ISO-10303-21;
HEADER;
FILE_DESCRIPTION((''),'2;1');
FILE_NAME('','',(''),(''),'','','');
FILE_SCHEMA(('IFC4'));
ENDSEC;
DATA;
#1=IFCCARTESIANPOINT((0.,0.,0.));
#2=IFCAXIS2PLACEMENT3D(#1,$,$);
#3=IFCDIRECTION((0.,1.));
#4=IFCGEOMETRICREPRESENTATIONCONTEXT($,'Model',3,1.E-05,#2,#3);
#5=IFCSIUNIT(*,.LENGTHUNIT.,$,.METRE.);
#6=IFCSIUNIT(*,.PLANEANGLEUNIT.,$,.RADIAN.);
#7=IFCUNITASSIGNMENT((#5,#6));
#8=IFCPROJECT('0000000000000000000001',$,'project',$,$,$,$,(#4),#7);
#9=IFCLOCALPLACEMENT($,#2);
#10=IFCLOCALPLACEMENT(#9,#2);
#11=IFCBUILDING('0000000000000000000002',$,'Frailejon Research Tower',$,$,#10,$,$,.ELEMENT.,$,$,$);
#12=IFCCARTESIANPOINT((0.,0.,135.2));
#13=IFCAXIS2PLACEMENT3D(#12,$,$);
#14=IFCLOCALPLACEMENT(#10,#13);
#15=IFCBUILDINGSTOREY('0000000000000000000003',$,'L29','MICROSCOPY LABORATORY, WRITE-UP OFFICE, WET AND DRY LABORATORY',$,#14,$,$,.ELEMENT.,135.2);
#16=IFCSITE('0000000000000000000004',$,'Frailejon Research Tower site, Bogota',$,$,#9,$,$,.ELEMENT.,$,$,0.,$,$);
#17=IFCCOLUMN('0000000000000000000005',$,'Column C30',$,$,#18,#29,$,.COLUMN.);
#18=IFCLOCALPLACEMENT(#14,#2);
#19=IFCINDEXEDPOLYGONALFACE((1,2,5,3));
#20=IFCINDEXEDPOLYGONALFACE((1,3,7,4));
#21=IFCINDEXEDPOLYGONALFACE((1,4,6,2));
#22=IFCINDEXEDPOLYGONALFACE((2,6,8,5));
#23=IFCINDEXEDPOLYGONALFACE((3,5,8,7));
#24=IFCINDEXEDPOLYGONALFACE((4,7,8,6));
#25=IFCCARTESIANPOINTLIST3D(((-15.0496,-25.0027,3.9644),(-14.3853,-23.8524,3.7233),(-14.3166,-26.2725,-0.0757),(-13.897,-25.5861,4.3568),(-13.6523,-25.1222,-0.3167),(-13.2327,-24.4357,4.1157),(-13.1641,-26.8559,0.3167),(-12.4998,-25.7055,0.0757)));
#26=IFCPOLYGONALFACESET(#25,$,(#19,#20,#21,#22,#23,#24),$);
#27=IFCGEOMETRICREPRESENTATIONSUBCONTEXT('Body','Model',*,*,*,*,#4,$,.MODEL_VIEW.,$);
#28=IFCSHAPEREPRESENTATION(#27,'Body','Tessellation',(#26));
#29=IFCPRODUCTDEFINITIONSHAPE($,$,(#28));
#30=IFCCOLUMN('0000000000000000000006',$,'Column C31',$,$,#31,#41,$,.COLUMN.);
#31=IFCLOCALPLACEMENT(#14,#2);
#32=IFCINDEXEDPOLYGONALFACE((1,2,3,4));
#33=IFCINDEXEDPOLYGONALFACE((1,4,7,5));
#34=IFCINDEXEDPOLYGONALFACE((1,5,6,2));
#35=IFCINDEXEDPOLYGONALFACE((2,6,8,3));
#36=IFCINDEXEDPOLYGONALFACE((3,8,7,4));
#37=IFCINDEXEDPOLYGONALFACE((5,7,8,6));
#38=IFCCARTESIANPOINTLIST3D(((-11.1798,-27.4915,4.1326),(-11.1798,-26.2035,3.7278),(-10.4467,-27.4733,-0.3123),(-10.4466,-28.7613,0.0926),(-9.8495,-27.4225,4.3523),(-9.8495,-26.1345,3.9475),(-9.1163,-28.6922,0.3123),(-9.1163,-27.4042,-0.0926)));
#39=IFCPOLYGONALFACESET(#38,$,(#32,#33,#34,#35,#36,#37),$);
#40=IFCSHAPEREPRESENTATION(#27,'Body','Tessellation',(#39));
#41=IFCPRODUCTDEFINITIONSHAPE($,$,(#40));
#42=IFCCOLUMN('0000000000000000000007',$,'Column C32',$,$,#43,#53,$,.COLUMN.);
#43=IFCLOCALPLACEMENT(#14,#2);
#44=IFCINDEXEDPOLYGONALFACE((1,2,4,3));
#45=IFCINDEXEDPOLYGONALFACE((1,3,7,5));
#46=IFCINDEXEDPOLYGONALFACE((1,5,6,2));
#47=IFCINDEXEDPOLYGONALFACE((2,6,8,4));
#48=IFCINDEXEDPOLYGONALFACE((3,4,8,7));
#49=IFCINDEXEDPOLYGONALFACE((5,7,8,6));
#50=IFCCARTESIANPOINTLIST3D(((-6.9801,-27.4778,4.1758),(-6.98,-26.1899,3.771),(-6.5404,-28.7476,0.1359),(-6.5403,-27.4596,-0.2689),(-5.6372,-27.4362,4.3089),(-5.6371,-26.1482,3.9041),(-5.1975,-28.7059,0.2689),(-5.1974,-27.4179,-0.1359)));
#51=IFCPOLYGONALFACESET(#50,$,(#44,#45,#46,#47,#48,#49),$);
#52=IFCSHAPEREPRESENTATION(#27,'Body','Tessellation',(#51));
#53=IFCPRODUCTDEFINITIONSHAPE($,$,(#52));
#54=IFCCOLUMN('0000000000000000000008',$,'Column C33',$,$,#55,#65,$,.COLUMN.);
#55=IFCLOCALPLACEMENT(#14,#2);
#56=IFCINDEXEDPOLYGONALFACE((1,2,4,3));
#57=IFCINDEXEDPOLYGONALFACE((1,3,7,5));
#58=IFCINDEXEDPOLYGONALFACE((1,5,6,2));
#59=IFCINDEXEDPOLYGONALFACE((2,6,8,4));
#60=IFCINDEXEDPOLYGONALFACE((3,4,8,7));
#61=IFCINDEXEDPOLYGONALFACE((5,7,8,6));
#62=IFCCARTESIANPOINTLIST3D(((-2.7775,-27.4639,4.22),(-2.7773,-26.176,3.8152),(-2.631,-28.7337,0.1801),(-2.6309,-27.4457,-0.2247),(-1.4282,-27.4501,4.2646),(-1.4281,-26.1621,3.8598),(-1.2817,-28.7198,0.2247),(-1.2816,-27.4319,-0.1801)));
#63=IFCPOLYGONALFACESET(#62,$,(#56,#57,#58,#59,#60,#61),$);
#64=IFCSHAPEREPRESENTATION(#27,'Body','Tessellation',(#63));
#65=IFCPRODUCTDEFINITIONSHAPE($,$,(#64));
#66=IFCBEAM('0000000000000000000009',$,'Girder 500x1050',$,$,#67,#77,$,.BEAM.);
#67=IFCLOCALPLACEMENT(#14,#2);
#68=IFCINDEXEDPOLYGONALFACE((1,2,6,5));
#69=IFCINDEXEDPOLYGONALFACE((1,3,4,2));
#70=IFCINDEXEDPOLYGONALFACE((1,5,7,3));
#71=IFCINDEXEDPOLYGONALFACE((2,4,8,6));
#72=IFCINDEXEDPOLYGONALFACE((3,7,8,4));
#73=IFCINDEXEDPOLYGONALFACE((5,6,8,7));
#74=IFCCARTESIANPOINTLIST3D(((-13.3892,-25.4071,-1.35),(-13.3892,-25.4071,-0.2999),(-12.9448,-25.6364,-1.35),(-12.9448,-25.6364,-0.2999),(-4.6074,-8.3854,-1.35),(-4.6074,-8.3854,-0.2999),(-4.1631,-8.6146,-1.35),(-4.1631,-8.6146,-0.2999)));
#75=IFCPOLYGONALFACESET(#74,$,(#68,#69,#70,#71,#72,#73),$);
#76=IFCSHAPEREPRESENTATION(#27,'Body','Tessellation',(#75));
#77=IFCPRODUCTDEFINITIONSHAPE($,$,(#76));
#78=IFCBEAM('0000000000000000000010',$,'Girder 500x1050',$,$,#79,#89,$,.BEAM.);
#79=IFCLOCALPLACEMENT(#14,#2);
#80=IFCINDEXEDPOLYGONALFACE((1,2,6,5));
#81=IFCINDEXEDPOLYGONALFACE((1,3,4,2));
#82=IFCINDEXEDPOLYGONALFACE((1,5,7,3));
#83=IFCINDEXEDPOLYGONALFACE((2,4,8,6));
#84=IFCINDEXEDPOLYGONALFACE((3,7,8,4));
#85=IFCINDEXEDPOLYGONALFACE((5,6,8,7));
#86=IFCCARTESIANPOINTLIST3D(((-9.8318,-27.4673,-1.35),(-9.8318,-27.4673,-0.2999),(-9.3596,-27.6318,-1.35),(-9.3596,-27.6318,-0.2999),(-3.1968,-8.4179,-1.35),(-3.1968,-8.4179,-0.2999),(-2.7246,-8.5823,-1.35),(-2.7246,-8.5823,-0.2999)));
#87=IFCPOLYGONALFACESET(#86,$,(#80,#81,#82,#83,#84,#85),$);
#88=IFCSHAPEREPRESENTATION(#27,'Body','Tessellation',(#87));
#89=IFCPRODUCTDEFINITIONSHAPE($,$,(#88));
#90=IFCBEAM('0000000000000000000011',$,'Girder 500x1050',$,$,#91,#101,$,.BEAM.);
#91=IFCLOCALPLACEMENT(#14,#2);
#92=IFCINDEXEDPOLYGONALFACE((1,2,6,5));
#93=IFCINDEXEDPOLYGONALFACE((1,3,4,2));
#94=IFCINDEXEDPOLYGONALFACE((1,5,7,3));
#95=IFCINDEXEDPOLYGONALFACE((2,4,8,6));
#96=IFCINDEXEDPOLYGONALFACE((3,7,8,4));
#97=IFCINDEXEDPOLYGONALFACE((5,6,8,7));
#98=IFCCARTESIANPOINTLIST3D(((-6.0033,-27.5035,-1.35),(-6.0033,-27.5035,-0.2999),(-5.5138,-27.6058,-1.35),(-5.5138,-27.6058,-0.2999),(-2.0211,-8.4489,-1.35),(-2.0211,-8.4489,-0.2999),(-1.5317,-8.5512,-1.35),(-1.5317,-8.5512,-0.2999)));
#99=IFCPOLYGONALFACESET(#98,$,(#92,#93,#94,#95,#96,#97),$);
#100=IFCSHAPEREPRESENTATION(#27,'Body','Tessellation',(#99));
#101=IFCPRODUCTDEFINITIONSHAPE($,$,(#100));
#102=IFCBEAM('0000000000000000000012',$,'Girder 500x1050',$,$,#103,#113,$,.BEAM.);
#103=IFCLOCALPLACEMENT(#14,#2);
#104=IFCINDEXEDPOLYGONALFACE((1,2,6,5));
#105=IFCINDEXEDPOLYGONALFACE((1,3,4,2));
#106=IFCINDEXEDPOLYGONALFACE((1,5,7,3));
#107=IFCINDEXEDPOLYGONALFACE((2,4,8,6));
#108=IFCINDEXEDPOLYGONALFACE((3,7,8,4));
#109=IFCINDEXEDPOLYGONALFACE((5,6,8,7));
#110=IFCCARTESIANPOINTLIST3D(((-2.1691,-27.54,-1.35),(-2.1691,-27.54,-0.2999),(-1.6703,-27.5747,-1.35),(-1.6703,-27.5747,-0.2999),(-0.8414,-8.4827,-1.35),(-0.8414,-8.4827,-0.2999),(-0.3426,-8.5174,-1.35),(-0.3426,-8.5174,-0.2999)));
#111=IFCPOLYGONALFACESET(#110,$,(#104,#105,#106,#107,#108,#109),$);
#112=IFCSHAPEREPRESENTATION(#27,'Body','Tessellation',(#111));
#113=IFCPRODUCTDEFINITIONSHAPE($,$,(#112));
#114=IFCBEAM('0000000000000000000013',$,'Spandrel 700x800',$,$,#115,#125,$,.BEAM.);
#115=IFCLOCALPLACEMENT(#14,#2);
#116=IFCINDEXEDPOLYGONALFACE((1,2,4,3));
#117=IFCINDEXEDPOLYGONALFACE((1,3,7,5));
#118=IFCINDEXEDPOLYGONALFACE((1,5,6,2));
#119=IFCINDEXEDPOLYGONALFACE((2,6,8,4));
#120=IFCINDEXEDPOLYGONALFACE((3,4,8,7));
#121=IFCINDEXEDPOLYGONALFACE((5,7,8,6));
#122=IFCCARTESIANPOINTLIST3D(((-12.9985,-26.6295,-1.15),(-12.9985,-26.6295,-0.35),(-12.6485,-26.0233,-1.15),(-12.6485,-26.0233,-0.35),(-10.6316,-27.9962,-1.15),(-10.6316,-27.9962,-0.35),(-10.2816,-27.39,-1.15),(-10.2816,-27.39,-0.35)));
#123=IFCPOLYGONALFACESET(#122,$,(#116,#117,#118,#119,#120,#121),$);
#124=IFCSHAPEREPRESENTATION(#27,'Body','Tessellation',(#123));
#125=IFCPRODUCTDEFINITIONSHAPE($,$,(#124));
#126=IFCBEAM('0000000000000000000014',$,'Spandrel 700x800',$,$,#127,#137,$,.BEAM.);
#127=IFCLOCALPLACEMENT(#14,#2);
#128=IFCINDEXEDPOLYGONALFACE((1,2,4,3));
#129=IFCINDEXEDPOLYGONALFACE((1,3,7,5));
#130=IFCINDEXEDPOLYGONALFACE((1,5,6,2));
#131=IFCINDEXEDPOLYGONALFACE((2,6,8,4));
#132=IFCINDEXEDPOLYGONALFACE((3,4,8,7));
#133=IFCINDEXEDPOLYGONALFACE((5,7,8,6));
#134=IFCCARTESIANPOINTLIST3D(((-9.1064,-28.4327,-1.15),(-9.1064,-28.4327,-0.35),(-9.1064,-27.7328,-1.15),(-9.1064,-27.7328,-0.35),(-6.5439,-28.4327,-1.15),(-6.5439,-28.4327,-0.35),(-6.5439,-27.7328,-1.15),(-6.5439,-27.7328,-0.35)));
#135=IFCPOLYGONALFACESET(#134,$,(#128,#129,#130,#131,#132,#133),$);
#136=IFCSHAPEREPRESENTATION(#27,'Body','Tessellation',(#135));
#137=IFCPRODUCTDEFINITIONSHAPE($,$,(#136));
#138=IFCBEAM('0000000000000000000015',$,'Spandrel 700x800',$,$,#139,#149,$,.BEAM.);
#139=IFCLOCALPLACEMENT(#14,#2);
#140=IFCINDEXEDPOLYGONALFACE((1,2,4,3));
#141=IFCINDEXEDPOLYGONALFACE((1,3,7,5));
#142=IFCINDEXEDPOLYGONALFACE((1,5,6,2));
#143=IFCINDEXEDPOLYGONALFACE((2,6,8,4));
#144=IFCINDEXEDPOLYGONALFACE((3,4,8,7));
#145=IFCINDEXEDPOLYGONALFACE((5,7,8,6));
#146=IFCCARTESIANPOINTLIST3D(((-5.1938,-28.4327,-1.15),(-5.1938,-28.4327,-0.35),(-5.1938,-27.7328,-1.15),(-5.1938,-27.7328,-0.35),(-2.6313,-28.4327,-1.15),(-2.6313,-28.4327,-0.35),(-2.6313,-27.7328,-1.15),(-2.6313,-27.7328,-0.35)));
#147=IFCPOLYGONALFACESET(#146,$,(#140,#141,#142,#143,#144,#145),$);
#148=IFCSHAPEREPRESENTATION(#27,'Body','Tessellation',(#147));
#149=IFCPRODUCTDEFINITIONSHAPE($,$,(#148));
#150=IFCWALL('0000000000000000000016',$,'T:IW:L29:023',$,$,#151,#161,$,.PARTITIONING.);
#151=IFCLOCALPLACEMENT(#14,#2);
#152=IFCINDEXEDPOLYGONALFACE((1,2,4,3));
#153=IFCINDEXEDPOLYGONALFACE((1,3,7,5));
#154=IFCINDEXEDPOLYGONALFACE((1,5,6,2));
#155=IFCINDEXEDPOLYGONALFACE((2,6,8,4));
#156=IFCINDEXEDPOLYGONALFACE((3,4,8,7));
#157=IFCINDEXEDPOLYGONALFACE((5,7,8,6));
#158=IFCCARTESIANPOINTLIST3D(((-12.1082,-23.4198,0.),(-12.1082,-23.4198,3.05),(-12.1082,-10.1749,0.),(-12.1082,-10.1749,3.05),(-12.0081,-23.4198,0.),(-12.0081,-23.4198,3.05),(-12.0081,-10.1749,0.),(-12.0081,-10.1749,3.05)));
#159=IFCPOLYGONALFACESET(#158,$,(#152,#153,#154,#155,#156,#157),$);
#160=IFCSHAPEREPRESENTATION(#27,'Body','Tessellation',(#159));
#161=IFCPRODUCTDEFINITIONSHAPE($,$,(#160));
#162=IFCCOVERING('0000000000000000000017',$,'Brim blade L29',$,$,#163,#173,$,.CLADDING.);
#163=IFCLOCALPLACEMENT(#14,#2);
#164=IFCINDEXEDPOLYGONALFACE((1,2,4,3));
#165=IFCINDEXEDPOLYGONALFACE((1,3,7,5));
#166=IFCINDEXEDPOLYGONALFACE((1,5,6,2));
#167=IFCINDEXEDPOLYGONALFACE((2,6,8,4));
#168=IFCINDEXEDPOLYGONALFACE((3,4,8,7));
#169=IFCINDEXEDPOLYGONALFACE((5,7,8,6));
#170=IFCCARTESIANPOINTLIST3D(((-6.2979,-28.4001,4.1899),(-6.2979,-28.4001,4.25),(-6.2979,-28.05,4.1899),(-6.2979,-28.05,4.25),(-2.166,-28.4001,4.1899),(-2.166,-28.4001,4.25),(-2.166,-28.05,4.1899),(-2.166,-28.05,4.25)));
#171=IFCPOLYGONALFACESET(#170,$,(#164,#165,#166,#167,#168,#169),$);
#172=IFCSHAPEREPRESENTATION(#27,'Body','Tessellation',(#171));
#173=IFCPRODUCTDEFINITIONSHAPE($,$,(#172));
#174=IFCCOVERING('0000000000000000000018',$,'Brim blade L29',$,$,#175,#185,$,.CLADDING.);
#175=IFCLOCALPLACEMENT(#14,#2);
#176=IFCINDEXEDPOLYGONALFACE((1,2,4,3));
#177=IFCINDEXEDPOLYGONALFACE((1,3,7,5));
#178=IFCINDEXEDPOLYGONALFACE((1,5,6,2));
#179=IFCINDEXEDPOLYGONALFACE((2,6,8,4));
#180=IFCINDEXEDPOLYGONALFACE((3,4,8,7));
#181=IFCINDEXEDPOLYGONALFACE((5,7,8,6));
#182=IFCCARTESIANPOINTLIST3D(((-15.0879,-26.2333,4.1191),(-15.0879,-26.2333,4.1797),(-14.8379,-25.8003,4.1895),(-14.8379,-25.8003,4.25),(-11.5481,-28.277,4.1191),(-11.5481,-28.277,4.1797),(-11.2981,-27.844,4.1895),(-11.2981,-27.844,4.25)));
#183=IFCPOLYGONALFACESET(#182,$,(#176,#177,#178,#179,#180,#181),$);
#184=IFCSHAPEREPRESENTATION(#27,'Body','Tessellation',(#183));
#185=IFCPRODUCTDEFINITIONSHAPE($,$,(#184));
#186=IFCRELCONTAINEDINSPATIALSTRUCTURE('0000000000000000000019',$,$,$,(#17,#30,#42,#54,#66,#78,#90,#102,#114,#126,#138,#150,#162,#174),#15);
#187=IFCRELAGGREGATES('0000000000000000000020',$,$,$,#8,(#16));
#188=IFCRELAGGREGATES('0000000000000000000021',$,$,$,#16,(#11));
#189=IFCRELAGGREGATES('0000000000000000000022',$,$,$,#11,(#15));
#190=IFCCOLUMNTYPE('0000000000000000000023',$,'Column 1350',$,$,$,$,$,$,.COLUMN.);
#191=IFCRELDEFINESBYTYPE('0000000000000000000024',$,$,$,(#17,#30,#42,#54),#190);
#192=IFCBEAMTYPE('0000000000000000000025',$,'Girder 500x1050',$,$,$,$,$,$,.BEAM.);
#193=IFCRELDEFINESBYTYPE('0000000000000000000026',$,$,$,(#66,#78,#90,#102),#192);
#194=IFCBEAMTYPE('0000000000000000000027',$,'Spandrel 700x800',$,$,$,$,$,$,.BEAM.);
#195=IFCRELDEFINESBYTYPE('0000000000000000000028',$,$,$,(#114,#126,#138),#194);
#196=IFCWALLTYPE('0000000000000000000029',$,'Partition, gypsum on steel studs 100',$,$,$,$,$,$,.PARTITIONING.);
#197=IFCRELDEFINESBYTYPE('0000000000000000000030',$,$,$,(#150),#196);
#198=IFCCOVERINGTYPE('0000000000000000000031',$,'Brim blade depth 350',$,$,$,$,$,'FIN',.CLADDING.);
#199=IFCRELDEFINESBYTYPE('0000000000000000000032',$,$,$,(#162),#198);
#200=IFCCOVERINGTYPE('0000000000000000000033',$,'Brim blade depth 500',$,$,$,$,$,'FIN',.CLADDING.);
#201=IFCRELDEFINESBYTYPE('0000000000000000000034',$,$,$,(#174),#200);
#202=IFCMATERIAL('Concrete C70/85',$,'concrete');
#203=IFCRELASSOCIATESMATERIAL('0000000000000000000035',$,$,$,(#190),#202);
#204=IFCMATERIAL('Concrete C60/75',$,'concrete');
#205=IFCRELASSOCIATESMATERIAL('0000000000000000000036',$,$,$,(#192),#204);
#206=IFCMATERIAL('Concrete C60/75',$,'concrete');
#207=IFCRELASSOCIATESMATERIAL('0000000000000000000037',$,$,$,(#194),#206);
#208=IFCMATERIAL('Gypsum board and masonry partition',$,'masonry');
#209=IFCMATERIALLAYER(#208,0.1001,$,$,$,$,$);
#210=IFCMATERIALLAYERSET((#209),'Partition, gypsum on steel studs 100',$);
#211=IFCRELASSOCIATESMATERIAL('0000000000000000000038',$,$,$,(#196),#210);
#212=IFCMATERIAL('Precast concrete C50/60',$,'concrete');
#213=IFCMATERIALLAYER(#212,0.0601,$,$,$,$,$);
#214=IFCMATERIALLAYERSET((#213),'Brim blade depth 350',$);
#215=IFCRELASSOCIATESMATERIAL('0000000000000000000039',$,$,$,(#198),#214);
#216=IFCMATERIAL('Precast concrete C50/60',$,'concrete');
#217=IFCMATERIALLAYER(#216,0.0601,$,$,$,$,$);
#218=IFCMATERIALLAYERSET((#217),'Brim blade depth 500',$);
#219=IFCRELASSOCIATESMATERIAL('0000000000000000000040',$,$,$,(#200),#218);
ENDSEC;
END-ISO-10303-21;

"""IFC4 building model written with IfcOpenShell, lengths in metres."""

from ifc_helpers import new_model, si_unit, direction, frame, frame_2d, origin, origin_2d, place, context, subcontext, project, spatial, polyline, rectangle, outline, extrude, material, layer, layer_set, material_profile, profile_set, type_object, element, save


model = new_model("IFC4")

# Units and contexts
model_context = context("Model", 3, precision=1e-05, world=origin(), true_north=direction((0.0, 1.0)))
body_context = subcontext(model_context, "Body", "Model", "MODEL_VIEW")
ifc_project = project(units=[si_unit("LENGTHUNIT", "METRE"), si_unit("PLANEANGLEUNIT", "RADIAN")], contexts=[model_context])

# Site, building, storey
site_placement = place(None, origin())
site = spatial("IfcSite", under=ifc_project, at=site_placement, Name="Frailejon Research Tower site, Bogota", CompositionType="ELEMENT", RefElevation=0.0)
building_placement = place(site_placement, origin())
building = spatial("IfcBuilding", under=site, at=building_placement, Name="Frailejon Research Tower", CompositionType="ELEMENT")
storey_placement = place(building_placement, frame((0.0, 0.0, 135.2)))
storey = spatial("IfcBuildingStorey", under=building, at=storey_placement, Name="L29", Description="MICROSCOPY LABORATORY, WRITE-UP OFFICE, WET AND DRY LABORATORY", CompositionType="ELEMENT", Elevation=135.2)

# Columns
ifc_material_1 = material(Name="Concrete C70/85", Category="concrete")
ifc_material_profile_1 = material_profile(ifc_material_1, rectangle(XDim=1.3501, YDim=1.3501, at=origin_2d()), Name="Column 1350")
ifc_profile_set_1 = profile_set([ifc_material_profile_1], Name="Concrete C70/85")
column_type = type_object("IfcColumnType", Name="Column 1350", PredefinedType="COLUMN", material=ifc_profile_set_1)
for number, where, z_axis, x_axis, name in (
    (1, (-13.4082, -25.989, 0.0), (-0.17053, 0.295445, 0.940017), (0.853708, -0.432077, 0.290674), "Column C30"),
    (2, (-9.7815, -28.0828, 0.0), (-0.170585, 0.295442, 0.940008), (0.985343, 0.051151, 0.162736), "Column C31"),
):
    element("IfcColumn", number, at=place(storey_placement, frame(where, z_axis=z_axis, x_axis=x_axis)), inside=storey, type_object=column_type, Name=name, PredefinedType="COLUMN", context=body_context, shape_type="SweptSolid", body=[
        extrude(rectangle(XDim=1.3501, YDim=1.3501, at=origin_2d()), origin(), (0.0, 0.0, 1.0), 4.2979),
    ])
column_1_placement = place(storey_placement, frame((-5.8689, -28.0828, 0.0), z_axis=(-0.103272, 0.298234, 0.94889), x_axis=(0.994653, 0.030866, 0.098552)))
element("IfcColumn", 3, at=column_1_placement, inside=storey, type_object=column_type, Name="Column C32", PredefinedType="COLUMN", context=body_context, shape_type="SweptSolid", body=[
    extrude(rectangle(XDim=1.3501, YDim=1.3501, at=origin_2d()), origin(), (0.0, 0.0, 1.0), 4.2576),
])
column_2_placement = place(storey_placement, frame((-1.9563, -28.0828, 0.0), z_axis=(-0.034569, 0.299658, 0.95342), x_axis=(0.999402, 0.01025, 0.033015)))
element("IfcColumn", 4, at=column_2_placement, inside=storey, type_object=column_type, Name="Column C33", PredefinedType="COLUMN", context=body_context, shape_type="SweptSolid", body=[
    extrude(rectangle(XDim=1.3501, YDim=1.3501, at=origin_2d()), origin(), (0.0, 0.0, 1.0), 4.2373),
])

# Beams
ifc_material_2 = material(Name="Concrete C60/75", Category="concrete")
ifc_material_profile_2 = material_profile(ifc_material_2, rectangle(XDim=0.5, YDim=1.05, at=origin_2d()), Name="Girder 500x1050")
ifc_profile_set_2 = profile_set([ifc_material_profile_2], Name="Concrete C60/75")
beam_type_1 = type_object("IfcBeamType", Name="Girder 500x1050", PredefinedType="BEAM", material=ifc_profile_set_2)
beam_1_placement = place(storey_placement, frame((-13.167, -25.5217, -0.825), z_axis=(0.458492, 0.888699, 0.0), x_axis=(-0.888699, 0.458492, 0.0)))
element("IfcBeam", 5, at=beam_1_placement, inside=storey, type_object=beam_type_1, Name="Girder 500x1050", PredefinedType="BEAM", context=body_context, shape_type="SweptSolid", body=[
    extrude(rectangle(XDim=0.5, YDim=1.05, at=origin_2d()), origin(), (0.0, 0.0, 1.0), 19.1536),
])
beam_2_placement = place(storey_placement, frame((-9.5957, -27.5496, -0.825), z_axis=(0.328922, 0.944357, 0.0), x_axis=(-0.944357, 0.328922, 0.0)))
element("IfcBeam", 6, at=beam_2_placement, inside=storey, type_object=beam_type_1, Name="Girder 500x1050", PredefinedType="BEAM", context=body_context, shape_type="SweptSolid", body=[
    extrude(rectangle(XDim=0.5, YDim=1.05, at=origin_2d()), origin(), (0.0, 0.0, 1.0), 20.1719),
])
beam_3_placement = place(storey_placement, frame((-5.7585, -27.5547, -0.825), z_axis=(0.204567, 0.978853, 0.0), x_axis=(-0.978853, 0.204567, 0.0)))
element("IfcBeam", 7, at=beam_3_placement, inside=storey, type_object=beam_type_1, Name="Girder 500x1050", PredefinedType="BEAM", context=body_context, shape_type="SweptSolid", body=[
    extrude(rectangle(XDim=0.5, YDim=1.05, at=origin_2d()), origin(), (0.0, 0.0, 1.0), 19.4663),
])
beam_4_placement = place(storey_placement, frame((-1.9197, -27.5574, -0.825), z_axis=(0.069497, 0.997582, 0.0), x_axis=(-0.997582, 0.069497, 0.0)))
element("IfcBeam", 8, at=beam_4_placement, inside=storey, type_object=beam_type_1, Name="Girder 500x1050", PredefinedType="BEAM", context=body_context, shape_type="SweptSolid", body=[
    extrude(rectangle(XDim=0.5, YDim=1.05, at=origin_2d()), origin(), (0.0, 0.0, 1.0), 19.1035),
])
ifc_material_3 = material(Name="Concrete C60/75", Category="concrete")
ifc_material_profile_3 = material_profile(ifc_material_3, rectangle(XDim=0.7, YDim=0.8, at=origin_2d()), Name="Spandrel 700x800")
ifc_profile_set_3 = profile_set([ifc_material_profile_3], Name="Concrete C60/75")
beam_type_2 = type_object("IfcBeamType", Name="Spandrel 700x800", PredefinedType="BEAM", material=ifc_profile_set_3)
beam_5_placement = place(storey_placement, frame((-12.8235, -26.3264, -0.75), z_axis=(0.866003, -0.500039, 0.0), x_axis=(0.500039, 0.866003, 0.0)))
element("IfcBeam", 9, at=beam_5_placement, inside=storey, type_object=beam_type_2, Name="Spandrel 700x800", PredefinedType="BEAM", context=body_context, shape_type="SweptSolid", body=[
    extrude(rectangle(XDim=0.7, YDim=0.8, at=origin_2d()), origin(), (0.0, 0.0, 1.0), 2.7332),
])
for number, where, z_axis, x_axis, name in (
    (10, (-9.1064, -28.0828, -0.75), (1.0, 0.0, 0.0), (0.0, 1.0, 0.0), "Spandrel 700x800"),
    (11, (-5.1938, -28.0828, -0.75), (1.0, 0.0, 0.0), (0.0, 1.0, 0.0), "Spandrel 700x800"),
):
    element("IfcBeam", number, at=place(storey_placement, frame(where, z_axis=z_axis, x_axis=x_axis)), inside=storey, type_object=beam_type_2, Name=name, PredefinedType="BEAM", context=body_context, shape_type="SweptSolid", body=[
        extrude(rectangle(XDim=0.7, YDim=0.8, at=origin_2d()), origin(), (0.0, 0.0, 1.0), 2.5625),
    ])

# Wall
ifc_material_4 = material(Name="Gypsum board and masonry partition", Category="masonry")
ifc_layer_1 = layer(ifc_material_4, 0.1001)
ifc_layer_set_1 = layer_set([ifc_layer_1], Name="Partition, gypsum on steel studs 100")
wall_type_1 = type_object("IfcWallType", Name="Partition, gypsum on steel studs 100", PredefinedType="PARTITIONING", material=ifc_layer_set_1)
wall_1_placement = place(storey_placement, frame((-12.0581, -23.4199, 0.0), z_axis=(0.0, 0.0, 1.0), x_axis=(0.0, 1.0, 0.0)))
element("IfcWall", 12, at=wall_1_placement, inside=storey, type_object=wall_type_1, Name="T:IW:L29:023", PredefinedType="PARTITIONING", context=body_context, shape_type="SweptSolid", body=[
    extrude(rectangle(XDim=13.2449, YDim=0.1001, at=frame_2d((6.6226, 0.0))), origin(), (0.0, 0.0, 1.0), 3.05),
])

# Coverings
ifc_material_5 = material(Name="Precast concrete C50/60", Category="concrete")
ifc_layer_2 = layer(ifc_material_5, 0.0601)
ifc_layer_set_2 = layer_set([ifc_layer_2], Name="Brim blade depth 350")
covering_type_1 = type_object("IfcCoveringType", Name="Brim blade depth 350", ElementType="FIN", PredefinedType="CLADDING", material=ifc_layer_set_2)
covering_1_placement = place(storey_placement, frame((-2.166, -28.05, 4.25), z_axis=(-1.0, 0.0, 0.0), x_axis=(0.0, -1.0, 0.0)))
element("IfcCovering", 13, at=covering_1_placement, inside=storey, type_object=covering_type_1, Name="Brim blade L29", PredefinedType="CLADDING", context=body_context, shape_type="SweptSolid", body=[
    extrude(outline(polyline([(0.0, -0.0601), (0.3501, -0.0601), (0.3501, 0.0), (0.0, 0.0), (0.0, -0.0601)])), origin(), (0.0, 0.0, 1.0), 4.1318),
])
ifc_material_6 = material(Name="Precast concrete C50/60", Category="concrete")
ifc_layer_3 = layer(ifc_material_6, 0.0601)
ifc_layer_set_3 = layer_set([ifc_layer_3], Name="Brim blade depth 500")
covering_type_2 = type_object("IfcCoveringType", Name="Brim blade depth 500", ElementType="FIN", PredefinedType="CLADDING", material=ifc_layer_set_3)
covering_2_placement = place(storey_placement, frame((-11.2981, -27.844, 4.25), z_axis=(-0.866021, 0.500007, 0.0), x_axis=(-0.500007, -0.866021, 0.0)))
element("IfcCovering", 14, at=covering_2_placement, inside=storey, type_object=covering_type_2, Name="Brim blade L29", PredefinedType="CLADDING", context=body_context, shape_type="SweptSolid", body=[
    extrude(outline(polyline([(0.0, -0.0605), (0.5, -0.1309), (0.5, -0.0703), (0.0, 0.0), (0.0, -0.0605)])), origin(), (0.0, 0.0, 1.0), 4.0874),
])

save(model, "model.ifc")
